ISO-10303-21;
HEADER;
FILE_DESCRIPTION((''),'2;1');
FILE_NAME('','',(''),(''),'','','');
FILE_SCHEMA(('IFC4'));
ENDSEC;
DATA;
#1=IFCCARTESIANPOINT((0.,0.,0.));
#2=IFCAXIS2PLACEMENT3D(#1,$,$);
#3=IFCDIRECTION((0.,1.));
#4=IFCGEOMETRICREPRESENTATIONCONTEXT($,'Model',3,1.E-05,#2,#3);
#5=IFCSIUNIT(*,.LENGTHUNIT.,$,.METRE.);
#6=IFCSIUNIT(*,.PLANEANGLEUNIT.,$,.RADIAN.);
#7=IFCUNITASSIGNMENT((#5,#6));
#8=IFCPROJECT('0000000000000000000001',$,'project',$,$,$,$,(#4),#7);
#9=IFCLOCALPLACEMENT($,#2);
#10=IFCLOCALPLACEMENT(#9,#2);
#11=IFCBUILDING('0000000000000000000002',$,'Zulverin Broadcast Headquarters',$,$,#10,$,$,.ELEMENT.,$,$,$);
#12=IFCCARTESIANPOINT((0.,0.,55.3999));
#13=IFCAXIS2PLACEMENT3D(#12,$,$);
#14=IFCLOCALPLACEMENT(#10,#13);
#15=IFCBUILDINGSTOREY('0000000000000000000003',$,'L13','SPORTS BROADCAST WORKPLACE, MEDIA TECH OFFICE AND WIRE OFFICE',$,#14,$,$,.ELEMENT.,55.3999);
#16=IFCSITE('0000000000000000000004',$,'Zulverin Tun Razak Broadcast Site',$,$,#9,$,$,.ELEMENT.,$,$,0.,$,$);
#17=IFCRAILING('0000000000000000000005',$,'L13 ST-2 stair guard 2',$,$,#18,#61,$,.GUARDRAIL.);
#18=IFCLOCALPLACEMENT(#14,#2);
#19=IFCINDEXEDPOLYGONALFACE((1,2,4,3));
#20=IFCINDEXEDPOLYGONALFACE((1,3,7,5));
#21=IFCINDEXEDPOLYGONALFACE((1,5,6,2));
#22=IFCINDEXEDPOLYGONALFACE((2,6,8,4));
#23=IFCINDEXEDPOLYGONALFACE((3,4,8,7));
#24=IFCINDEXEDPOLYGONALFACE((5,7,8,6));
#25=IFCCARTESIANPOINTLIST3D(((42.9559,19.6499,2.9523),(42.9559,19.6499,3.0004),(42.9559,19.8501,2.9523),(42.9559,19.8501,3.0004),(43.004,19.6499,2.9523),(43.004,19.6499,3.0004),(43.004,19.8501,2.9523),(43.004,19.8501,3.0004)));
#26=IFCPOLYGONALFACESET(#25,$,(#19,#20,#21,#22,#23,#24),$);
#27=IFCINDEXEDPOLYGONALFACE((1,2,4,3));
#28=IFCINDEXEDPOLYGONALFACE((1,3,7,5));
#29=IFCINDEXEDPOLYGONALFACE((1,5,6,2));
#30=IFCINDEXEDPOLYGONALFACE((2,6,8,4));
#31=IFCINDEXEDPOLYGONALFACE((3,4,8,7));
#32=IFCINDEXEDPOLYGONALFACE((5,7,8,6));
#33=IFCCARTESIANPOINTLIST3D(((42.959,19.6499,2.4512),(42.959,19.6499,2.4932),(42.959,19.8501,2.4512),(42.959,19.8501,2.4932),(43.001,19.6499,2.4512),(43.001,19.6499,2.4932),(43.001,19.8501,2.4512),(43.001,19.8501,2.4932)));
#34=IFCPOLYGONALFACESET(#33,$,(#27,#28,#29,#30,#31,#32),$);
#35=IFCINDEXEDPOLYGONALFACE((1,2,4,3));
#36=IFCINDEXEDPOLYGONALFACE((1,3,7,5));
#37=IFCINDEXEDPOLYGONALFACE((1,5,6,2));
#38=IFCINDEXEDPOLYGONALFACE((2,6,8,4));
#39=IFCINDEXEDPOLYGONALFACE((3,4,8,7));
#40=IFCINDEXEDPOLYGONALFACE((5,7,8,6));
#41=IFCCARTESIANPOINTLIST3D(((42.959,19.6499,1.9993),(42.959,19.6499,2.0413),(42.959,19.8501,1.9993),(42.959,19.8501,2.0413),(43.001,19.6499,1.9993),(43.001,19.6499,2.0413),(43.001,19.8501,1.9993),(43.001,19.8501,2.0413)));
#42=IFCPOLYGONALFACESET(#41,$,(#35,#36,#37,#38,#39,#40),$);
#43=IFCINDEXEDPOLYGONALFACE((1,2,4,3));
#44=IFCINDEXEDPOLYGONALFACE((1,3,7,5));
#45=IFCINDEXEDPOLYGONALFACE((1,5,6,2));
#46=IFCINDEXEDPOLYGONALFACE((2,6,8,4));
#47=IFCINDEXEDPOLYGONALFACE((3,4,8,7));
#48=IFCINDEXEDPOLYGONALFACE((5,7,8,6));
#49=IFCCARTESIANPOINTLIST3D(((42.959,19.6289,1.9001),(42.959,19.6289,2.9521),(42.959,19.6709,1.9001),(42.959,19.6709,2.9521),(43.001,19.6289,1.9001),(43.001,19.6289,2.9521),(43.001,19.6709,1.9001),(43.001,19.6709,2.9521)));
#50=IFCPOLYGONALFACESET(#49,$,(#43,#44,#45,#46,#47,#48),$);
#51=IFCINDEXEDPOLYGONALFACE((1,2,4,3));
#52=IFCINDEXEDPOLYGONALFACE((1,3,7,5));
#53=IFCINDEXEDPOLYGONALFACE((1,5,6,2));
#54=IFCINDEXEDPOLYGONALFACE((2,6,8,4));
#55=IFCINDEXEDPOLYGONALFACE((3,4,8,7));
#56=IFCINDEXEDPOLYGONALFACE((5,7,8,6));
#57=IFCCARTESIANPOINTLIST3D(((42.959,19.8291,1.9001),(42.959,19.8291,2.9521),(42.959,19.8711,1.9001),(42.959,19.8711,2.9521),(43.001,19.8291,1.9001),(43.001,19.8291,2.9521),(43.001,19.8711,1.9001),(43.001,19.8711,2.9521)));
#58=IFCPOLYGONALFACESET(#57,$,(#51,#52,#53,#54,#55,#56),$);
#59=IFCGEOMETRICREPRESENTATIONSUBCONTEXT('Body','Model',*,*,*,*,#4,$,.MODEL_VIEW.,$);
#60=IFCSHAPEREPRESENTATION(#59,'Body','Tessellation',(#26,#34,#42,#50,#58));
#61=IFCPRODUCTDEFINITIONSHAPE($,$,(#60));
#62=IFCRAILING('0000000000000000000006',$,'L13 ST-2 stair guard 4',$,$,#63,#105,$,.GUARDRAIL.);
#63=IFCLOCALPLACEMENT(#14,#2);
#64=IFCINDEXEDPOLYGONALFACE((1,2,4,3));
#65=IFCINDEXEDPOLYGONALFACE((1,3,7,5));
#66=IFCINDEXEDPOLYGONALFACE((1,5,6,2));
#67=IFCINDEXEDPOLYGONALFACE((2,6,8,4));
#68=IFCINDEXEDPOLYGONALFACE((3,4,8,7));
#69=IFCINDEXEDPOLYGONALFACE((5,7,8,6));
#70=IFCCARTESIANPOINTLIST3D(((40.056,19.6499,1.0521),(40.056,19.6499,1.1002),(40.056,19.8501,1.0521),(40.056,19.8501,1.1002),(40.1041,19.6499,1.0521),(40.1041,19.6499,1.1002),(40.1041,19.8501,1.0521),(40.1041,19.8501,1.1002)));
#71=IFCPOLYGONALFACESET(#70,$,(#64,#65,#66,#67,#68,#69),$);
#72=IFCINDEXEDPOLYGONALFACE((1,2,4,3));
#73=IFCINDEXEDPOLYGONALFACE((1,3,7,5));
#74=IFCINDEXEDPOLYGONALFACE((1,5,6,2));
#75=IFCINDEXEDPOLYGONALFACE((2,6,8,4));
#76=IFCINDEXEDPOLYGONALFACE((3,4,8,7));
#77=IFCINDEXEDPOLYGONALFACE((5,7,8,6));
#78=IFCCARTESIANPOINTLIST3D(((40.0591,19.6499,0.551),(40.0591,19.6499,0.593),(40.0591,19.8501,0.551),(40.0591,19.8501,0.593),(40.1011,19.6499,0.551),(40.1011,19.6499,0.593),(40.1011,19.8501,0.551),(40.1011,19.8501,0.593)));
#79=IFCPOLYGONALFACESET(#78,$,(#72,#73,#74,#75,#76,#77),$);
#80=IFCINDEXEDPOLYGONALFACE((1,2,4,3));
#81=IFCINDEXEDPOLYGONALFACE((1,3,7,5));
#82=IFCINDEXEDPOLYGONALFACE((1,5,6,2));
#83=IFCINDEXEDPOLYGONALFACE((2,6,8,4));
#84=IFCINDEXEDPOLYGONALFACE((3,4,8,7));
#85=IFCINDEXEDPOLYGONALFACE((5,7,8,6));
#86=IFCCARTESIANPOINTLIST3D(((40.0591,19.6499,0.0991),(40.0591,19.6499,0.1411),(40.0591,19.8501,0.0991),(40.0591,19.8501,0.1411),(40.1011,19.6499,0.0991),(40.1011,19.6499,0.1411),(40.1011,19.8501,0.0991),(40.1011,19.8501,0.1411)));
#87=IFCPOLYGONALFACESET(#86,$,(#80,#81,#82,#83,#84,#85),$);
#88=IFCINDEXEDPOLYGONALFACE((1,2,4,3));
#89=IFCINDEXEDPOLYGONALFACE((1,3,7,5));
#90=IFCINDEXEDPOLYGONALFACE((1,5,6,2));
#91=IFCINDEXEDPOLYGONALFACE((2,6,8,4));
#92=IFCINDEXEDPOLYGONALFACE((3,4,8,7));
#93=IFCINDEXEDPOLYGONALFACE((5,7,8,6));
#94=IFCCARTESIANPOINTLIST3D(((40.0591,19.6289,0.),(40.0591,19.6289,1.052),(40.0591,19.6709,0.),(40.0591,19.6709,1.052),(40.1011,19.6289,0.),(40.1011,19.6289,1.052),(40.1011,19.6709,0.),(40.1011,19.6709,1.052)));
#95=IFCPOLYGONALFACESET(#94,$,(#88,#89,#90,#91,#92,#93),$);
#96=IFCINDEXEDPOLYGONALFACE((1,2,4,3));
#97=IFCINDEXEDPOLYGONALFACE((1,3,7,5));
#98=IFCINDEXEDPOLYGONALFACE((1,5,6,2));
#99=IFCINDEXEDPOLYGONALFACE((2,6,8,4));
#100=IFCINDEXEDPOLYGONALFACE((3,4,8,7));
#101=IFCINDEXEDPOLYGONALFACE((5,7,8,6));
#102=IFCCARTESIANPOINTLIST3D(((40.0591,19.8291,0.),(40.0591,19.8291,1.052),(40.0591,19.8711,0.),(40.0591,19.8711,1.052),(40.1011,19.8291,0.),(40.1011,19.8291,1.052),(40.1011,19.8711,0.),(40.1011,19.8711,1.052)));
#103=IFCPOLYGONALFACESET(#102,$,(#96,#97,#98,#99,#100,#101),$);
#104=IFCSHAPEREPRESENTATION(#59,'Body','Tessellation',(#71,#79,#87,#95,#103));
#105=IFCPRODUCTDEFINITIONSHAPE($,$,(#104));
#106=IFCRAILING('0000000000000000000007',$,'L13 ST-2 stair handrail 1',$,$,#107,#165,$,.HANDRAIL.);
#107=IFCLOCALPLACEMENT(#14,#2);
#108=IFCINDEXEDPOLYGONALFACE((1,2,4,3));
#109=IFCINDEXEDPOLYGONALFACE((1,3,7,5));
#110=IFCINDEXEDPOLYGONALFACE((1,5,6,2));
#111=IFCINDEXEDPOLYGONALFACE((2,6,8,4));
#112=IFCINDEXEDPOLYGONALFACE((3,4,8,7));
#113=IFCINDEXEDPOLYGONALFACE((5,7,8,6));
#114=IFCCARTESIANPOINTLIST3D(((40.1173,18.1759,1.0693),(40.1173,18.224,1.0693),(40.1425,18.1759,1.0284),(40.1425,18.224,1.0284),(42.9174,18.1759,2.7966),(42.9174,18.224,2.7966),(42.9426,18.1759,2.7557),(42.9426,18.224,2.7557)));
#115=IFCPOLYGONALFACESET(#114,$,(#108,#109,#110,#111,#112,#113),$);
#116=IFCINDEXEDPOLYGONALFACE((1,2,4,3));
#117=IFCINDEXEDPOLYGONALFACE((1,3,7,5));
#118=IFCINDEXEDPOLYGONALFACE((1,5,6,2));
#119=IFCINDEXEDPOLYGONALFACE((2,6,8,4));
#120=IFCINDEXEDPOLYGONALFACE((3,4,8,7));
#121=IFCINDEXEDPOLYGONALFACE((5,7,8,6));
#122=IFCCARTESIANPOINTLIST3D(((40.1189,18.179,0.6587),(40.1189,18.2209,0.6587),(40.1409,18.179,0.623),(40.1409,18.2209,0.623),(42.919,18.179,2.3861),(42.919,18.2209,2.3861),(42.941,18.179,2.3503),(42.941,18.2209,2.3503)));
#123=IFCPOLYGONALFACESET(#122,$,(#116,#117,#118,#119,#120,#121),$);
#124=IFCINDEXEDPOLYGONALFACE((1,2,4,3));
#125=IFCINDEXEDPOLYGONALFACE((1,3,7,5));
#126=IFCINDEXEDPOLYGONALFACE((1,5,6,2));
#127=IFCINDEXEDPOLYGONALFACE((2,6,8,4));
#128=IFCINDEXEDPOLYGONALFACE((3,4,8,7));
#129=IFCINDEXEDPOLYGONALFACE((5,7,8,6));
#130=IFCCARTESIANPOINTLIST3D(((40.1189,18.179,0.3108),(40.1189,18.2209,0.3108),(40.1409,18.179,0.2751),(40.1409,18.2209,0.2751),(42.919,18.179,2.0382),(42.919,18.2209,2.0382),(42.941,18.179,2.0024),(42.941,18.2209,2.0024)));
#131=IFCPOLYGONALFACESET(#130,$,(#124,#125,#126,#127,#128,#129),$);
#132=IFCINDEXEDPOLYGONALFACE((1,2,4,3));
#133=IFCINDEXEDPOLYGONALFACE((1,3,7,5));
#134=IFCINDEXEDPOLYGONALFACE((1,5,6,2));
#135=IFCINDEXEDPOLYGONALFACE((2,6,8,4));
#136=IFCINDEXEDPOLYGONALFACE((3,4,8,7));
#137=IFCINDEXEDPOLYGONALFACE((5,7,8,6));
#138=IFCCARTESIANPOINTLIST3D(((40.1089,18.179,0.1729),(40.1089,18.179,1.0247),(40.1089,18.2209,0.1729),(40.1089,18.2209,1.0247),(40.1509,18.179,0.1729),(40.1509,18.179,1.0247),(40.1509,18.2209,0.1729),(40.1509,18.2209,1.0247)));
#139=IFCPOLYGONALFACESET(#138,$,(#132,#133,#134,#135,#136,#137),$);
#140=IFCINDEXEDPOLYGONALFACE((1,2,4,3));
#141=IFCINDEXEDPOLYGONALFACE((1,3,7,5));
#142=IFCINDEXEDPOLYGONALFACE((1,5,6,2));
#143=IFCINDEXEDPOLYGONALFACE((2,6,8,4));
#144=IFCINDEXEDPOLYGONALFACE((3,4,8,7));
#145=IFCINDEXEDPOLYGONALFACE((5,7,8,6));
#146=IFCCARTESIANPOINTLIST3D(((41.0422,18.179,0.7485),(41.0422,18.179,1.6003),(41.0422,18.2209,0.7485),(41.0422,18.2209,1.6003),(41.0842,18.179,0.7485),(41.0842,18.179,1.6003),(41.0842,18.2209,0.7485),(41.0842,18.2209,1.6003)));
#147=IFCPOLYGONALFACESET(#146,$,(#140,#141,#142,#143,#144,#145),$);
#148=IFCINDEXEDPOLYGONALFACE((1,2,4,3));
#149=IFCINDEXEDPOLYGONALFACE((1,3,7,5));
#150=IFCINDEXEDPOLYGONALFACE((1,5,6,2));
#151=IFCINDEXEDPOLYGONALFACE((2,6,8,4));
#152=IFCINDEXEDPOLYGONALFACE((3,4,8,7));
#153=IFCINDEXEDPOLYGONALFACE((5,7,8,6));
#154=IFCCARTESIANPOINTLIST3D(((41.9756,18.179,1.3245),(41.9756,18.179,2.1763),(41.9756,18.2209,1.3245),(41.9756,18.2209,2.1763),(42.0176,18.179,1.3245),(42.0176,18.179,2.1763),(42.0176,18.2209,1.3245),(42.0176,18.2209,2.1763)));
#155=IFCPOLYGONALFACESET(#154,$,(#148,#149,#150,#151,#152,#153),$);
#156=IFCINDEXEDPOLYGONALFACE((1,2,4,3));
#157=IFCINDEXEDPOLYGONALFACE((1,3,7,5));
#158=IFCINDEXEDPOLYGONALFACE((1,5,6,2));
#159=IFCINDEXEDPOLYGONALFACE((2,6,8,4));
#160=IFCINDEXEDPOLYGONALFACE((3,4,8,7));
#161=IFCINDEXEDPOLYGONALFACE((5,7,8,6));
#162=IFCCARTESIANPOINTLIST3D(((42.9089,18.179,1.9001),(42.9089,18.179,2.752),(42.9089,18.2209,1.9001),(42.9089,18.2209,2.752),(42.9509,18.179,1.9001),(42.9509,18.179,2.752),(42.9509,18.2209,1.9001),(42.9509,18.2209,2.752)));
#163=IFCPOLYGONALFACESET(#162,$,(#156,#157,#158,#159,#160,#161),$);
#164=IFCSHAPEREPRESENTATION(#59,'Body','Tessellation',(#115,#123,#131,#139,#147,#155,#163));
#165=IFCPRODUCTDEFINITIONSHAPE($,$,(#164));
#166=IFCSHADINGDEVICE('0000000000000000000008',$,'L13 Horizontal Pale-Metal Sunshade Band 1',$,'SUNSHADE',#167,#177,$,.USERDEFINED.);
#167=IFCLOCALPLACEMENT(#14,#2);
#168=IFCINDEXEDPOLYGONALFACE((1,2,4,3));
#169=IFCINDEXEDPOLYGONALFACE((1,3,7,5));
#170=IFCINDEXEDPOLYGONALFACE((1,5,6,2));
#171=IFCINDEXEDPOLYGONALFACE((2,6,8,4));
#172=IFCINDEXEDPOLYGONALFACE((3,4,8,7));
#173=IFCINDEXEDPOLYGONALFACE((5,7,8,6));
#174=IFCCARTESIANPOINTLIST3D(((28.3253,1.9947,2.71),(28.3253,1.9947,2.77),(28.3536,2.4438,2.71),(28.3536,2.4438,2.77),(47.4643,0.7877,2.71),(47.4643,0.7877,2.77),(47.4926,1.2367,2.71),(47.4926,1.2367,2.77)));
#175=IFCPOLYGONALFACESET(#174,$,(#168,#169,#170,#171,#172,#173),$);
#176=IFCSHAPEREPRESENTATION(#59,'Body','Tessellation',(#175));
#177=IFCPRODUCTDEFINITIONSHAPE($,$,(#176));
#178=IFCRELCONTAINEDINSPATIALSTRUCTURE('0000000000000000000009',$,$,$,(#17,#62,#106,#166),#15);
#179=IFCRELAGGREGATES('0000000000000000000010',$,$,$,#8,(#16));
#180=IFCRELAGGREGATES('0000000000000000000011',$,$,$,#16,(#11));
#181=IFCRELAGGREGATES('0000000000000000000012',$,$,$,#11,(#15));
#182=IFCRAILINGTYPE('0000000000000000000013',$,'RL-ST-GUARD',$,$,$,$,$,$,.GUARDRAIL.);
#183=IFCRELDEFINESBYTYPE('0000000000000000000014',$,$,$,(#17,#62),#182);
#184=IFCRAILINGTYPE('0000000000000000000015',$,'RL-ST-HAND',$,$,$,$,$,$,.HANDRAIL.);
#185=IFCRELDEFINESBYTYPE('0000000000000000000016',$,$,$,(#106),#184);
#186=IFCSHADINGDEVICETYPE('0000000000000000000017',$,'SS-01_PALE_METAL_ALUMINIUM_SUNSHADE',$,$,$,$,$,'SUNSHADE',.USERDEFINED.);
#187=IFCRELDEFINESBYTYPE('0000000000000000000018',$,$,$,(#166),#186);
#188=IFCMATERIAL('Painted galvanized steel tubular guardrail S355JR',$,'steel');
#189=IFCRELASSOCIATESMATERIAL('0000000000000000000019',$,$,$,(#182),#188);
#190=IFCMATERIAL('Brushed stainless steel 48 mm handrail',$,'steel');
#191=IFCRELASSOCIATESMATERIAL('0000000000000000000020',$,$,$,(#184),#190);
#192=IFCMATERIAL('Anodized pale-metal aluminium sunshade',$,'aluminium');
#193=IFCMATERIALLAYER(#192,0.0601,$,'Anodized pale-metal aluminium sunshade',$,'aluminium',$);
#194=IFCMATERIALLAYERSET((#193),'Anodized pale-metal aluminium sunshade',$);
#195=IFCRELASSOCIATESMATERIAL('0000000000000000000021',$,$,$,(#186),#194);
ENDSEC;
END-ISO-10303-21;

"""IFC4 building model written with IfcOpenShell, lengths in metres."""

from ifc_helpers import new_model, si_unit, direction, frame, origin, origin_2d, place, context, subcontext, project, spatial, rectangle, extrude, material, layer, layer_set, type_object, element, save


model = new_model("IFC4")

# Units and contexts
model_context = context("Model", 3, precision=1e-05, world=origin(), true_north=direction((0.0, 1.0)))
body_context = subcontext(model_context, "Body", "Model", "MODEL_VIEW")
ifc_project = project(units=[si_unit("LENGTHUNIT", "METRE"), si_unit("PLANEANGLEUNIT", "RADIAN")], contexts=[model_context])

# Site, building, storey
site_placement = place(None, origin())
site = spatial("IfcSite", under=ifc_project, at=site_placement, Name="Zulverin Tun Razak Broadcast Site", CompositionType="ELEMENT", RefElevation=0.0)
building_placement = place(site_placement, origin())
building = spatial("IfcBuilding", under=site, at=building_placement, Name="Zulverin Broadcast Headquarters", CompositionType="ELEMENT")
storey_placement = place(building_placement, frame((0.0, 0.0, 55.3999)))
storey = spatial("IfcBuildingStorey", under=building, at=storey_placement, Name="L13", Description="SPORTS BROADCAST WORKPLACE, MEDIA TECH OFFICE AND WIRE OFFICE", CompositionType="ELEMENT", Elevation=55.3999)

# Railings
ifc_material_1 = material(Name="Painted galvanized steel tubular guardrail S355JR", Category="steel")
railing_type_1 = type_object("IfcRailingType", Name="RL-ST-GUARD", PredefinedType="GUARDRAIL", material=ifc_material_1)
for number, where, name in (
    (1, (42.98, 19.6499, 1.9001), "L13 ST-2 stair guard 2"),
    (2, (40.0801, 19.6499, 0.0), "L13 ST-2 stair guard 4"),
):
    element("IfcRailing", number, at=place(storey_placement, frame(where)), inside=storey, type_object=railing_type_1, Name=name, PredefinedType="GUARDRAIL", context=body_context, shape_type="SweptSolid", body=[
        extrude(rectangle(XDim=0.0481, YDim=0.0481, at=origin_2d()), frame((0.0, 0.0, 1.0762), z_axis=(0.0, 1.0, 0.0), x_axis=(-1.0, 0.0, 0.0)), (0.0, 0.0, 1.0), 0.2002),
        extrude(rectangle(XDim=0.042, YDim=0.042, at=origin_2d()), frame((0.0, 0.0, 0.572), z_axis=(0.0, 1.0, 0.0), x_axis=(-1.0, 0.0, 0.0)), (0.0, 0.0, 1.0), 0.2002),
        extrude(rectangle(XDim=0.042, YDim=0.042, at=origin_2d()), frame((0.0, 0.0, 0.1201), z_axis=(0.0, 1.0, 0.0), x_axis=(-1.0, 0.0, 0.0)), (0.0, 0.0, 1.0), 0.2002),
        extrude(rectangle(XDim=0.042, YDim=0.042, at=origin_2d()), origin(), (0.0, 0.0, 1.0), 1.052),
        extrude(rectangle(XDim=0.042, YDim=0.042, at=origin_2d()), frame((0.0, 0.2002, 0.0)), (0.0, 0.0, 1.0), 1.052),
    ])
ifc_material_2 = material(Name="Brushed stainless steel 48 mm handrail", Category="steel")
railing_type_2 = type_object("IfcRailingType", Name="RL-ST-HAND", PredefinedType="HANDRAIL", material=ifc_material_2)
railing_1_placement = place(storey_placement, frame((40.1299, 18.2, 0.1729)))
element("IfcRailing", 3, at=railing_1_placement, inside=storey, type_object=railing_type_2, Name="L13 ST-2 stair handrail 1", PredefinedType="HANDRAIL", context=body_context, shape_type="SweptSolid", body=[
    extrude(rectangle(XDim=0.0481, YDim=0.0481, at=origin_2d()), frame((0.0, 0.0, 0.876), z_axis=(0.85109, 0.0, 0.52502), x_axis=(0.0, 1.0, 0.0)), (0.0, 0.0, 1.0), 3.29),
    extrude(rectangle(XDim=0.042, YDim=0.042, at=origin_2d()), frame((0.0, 0.0, 0.468), z_axis=(0.85109, 0.0, 0.52502), x_axis=(0.0, 1.0, 0.0)), (0.0, 0.0, 1.0), 3.29),
    extrude(rectangle(XDim=0.042, YDim=0.042, at=origin_2d()), frame((0.0, 0.0, 0.1201), z_axis=(0.85109, 0.0, 0.52502), x_axis=(0.0, 1.0, 0.0)), (0.0, 0.0, 1.0), 3.29),
    extrude(rectangle(XDim=0.042, YDim=0.042, at=origin_2d()), origin(), (0.0, 0.0, 1.0), 0.8518),
    extrude(rectangle(XDim=0.042, YDim=0.042, at=origin_2d()), frame((0.9333, 0.0, 0.5757)), (0.0, 0.0, 1.0), 0.8518),
    extrude(rectangle(XDim=0.042, YDim=0.042, at=origin_2d()), frame((1.8667, 0.0, 1.1516)), (0.0, 0.0, 1.0), 0.8518),
    extrude(rectangle(XDim=0.042, YDim=0.042, at=origin_2d()), frame((2.8, 0.0, 1.7273)), (0.0, 0.0, 1.0), 0.8518),
])

# Shading device
ifc_material_3 = material(Name="Anodized pale-metal aluminium sunshade", Category="aluminium")
ifc_layer_1 = layer(ifc_material_3, 0.0601, Name="Anodized pale-metal aluminium sunshade", Category="aluminium")
ifc_layer_set_1 = layer_set([ifc_layer_1], Name="Anodized pale-metal aluminium sunshade")
shading_device_type = type_object("IfcShadingDeviceType", Name="SS-01_PALE_METAL_ALUMINIUM_SUNSHADE", ElementType="SUNSHADE", PredefinedType="USERDEFINED", material=ifc_layer_set_1)
shading_device_placement = place(storey_placement, frame((37.9089, 1.6157, 2.71), z_axis=(0.0, 0.0, 1.0), x_axis=(0.998017, -0.062942, 0.0)))
element("IfcShadingDevice", 4, at=shading_device_placement, inside=storey, type_object=shading_device_type, Name="L13 Horizontal Pale-Metal Sunshade Band 1", ObjectType="SUNSHADE", PredefinedType="USERDEFINED", context=body_context, shape_type="SweptSolid", body=[
    extrude(rectangle(XDim=19.177, YDim=0.45, at=origin_2d()), origin(), (0.0, 0.0, 1.0), 0.0601),
])

save(model, "model.ifc")
